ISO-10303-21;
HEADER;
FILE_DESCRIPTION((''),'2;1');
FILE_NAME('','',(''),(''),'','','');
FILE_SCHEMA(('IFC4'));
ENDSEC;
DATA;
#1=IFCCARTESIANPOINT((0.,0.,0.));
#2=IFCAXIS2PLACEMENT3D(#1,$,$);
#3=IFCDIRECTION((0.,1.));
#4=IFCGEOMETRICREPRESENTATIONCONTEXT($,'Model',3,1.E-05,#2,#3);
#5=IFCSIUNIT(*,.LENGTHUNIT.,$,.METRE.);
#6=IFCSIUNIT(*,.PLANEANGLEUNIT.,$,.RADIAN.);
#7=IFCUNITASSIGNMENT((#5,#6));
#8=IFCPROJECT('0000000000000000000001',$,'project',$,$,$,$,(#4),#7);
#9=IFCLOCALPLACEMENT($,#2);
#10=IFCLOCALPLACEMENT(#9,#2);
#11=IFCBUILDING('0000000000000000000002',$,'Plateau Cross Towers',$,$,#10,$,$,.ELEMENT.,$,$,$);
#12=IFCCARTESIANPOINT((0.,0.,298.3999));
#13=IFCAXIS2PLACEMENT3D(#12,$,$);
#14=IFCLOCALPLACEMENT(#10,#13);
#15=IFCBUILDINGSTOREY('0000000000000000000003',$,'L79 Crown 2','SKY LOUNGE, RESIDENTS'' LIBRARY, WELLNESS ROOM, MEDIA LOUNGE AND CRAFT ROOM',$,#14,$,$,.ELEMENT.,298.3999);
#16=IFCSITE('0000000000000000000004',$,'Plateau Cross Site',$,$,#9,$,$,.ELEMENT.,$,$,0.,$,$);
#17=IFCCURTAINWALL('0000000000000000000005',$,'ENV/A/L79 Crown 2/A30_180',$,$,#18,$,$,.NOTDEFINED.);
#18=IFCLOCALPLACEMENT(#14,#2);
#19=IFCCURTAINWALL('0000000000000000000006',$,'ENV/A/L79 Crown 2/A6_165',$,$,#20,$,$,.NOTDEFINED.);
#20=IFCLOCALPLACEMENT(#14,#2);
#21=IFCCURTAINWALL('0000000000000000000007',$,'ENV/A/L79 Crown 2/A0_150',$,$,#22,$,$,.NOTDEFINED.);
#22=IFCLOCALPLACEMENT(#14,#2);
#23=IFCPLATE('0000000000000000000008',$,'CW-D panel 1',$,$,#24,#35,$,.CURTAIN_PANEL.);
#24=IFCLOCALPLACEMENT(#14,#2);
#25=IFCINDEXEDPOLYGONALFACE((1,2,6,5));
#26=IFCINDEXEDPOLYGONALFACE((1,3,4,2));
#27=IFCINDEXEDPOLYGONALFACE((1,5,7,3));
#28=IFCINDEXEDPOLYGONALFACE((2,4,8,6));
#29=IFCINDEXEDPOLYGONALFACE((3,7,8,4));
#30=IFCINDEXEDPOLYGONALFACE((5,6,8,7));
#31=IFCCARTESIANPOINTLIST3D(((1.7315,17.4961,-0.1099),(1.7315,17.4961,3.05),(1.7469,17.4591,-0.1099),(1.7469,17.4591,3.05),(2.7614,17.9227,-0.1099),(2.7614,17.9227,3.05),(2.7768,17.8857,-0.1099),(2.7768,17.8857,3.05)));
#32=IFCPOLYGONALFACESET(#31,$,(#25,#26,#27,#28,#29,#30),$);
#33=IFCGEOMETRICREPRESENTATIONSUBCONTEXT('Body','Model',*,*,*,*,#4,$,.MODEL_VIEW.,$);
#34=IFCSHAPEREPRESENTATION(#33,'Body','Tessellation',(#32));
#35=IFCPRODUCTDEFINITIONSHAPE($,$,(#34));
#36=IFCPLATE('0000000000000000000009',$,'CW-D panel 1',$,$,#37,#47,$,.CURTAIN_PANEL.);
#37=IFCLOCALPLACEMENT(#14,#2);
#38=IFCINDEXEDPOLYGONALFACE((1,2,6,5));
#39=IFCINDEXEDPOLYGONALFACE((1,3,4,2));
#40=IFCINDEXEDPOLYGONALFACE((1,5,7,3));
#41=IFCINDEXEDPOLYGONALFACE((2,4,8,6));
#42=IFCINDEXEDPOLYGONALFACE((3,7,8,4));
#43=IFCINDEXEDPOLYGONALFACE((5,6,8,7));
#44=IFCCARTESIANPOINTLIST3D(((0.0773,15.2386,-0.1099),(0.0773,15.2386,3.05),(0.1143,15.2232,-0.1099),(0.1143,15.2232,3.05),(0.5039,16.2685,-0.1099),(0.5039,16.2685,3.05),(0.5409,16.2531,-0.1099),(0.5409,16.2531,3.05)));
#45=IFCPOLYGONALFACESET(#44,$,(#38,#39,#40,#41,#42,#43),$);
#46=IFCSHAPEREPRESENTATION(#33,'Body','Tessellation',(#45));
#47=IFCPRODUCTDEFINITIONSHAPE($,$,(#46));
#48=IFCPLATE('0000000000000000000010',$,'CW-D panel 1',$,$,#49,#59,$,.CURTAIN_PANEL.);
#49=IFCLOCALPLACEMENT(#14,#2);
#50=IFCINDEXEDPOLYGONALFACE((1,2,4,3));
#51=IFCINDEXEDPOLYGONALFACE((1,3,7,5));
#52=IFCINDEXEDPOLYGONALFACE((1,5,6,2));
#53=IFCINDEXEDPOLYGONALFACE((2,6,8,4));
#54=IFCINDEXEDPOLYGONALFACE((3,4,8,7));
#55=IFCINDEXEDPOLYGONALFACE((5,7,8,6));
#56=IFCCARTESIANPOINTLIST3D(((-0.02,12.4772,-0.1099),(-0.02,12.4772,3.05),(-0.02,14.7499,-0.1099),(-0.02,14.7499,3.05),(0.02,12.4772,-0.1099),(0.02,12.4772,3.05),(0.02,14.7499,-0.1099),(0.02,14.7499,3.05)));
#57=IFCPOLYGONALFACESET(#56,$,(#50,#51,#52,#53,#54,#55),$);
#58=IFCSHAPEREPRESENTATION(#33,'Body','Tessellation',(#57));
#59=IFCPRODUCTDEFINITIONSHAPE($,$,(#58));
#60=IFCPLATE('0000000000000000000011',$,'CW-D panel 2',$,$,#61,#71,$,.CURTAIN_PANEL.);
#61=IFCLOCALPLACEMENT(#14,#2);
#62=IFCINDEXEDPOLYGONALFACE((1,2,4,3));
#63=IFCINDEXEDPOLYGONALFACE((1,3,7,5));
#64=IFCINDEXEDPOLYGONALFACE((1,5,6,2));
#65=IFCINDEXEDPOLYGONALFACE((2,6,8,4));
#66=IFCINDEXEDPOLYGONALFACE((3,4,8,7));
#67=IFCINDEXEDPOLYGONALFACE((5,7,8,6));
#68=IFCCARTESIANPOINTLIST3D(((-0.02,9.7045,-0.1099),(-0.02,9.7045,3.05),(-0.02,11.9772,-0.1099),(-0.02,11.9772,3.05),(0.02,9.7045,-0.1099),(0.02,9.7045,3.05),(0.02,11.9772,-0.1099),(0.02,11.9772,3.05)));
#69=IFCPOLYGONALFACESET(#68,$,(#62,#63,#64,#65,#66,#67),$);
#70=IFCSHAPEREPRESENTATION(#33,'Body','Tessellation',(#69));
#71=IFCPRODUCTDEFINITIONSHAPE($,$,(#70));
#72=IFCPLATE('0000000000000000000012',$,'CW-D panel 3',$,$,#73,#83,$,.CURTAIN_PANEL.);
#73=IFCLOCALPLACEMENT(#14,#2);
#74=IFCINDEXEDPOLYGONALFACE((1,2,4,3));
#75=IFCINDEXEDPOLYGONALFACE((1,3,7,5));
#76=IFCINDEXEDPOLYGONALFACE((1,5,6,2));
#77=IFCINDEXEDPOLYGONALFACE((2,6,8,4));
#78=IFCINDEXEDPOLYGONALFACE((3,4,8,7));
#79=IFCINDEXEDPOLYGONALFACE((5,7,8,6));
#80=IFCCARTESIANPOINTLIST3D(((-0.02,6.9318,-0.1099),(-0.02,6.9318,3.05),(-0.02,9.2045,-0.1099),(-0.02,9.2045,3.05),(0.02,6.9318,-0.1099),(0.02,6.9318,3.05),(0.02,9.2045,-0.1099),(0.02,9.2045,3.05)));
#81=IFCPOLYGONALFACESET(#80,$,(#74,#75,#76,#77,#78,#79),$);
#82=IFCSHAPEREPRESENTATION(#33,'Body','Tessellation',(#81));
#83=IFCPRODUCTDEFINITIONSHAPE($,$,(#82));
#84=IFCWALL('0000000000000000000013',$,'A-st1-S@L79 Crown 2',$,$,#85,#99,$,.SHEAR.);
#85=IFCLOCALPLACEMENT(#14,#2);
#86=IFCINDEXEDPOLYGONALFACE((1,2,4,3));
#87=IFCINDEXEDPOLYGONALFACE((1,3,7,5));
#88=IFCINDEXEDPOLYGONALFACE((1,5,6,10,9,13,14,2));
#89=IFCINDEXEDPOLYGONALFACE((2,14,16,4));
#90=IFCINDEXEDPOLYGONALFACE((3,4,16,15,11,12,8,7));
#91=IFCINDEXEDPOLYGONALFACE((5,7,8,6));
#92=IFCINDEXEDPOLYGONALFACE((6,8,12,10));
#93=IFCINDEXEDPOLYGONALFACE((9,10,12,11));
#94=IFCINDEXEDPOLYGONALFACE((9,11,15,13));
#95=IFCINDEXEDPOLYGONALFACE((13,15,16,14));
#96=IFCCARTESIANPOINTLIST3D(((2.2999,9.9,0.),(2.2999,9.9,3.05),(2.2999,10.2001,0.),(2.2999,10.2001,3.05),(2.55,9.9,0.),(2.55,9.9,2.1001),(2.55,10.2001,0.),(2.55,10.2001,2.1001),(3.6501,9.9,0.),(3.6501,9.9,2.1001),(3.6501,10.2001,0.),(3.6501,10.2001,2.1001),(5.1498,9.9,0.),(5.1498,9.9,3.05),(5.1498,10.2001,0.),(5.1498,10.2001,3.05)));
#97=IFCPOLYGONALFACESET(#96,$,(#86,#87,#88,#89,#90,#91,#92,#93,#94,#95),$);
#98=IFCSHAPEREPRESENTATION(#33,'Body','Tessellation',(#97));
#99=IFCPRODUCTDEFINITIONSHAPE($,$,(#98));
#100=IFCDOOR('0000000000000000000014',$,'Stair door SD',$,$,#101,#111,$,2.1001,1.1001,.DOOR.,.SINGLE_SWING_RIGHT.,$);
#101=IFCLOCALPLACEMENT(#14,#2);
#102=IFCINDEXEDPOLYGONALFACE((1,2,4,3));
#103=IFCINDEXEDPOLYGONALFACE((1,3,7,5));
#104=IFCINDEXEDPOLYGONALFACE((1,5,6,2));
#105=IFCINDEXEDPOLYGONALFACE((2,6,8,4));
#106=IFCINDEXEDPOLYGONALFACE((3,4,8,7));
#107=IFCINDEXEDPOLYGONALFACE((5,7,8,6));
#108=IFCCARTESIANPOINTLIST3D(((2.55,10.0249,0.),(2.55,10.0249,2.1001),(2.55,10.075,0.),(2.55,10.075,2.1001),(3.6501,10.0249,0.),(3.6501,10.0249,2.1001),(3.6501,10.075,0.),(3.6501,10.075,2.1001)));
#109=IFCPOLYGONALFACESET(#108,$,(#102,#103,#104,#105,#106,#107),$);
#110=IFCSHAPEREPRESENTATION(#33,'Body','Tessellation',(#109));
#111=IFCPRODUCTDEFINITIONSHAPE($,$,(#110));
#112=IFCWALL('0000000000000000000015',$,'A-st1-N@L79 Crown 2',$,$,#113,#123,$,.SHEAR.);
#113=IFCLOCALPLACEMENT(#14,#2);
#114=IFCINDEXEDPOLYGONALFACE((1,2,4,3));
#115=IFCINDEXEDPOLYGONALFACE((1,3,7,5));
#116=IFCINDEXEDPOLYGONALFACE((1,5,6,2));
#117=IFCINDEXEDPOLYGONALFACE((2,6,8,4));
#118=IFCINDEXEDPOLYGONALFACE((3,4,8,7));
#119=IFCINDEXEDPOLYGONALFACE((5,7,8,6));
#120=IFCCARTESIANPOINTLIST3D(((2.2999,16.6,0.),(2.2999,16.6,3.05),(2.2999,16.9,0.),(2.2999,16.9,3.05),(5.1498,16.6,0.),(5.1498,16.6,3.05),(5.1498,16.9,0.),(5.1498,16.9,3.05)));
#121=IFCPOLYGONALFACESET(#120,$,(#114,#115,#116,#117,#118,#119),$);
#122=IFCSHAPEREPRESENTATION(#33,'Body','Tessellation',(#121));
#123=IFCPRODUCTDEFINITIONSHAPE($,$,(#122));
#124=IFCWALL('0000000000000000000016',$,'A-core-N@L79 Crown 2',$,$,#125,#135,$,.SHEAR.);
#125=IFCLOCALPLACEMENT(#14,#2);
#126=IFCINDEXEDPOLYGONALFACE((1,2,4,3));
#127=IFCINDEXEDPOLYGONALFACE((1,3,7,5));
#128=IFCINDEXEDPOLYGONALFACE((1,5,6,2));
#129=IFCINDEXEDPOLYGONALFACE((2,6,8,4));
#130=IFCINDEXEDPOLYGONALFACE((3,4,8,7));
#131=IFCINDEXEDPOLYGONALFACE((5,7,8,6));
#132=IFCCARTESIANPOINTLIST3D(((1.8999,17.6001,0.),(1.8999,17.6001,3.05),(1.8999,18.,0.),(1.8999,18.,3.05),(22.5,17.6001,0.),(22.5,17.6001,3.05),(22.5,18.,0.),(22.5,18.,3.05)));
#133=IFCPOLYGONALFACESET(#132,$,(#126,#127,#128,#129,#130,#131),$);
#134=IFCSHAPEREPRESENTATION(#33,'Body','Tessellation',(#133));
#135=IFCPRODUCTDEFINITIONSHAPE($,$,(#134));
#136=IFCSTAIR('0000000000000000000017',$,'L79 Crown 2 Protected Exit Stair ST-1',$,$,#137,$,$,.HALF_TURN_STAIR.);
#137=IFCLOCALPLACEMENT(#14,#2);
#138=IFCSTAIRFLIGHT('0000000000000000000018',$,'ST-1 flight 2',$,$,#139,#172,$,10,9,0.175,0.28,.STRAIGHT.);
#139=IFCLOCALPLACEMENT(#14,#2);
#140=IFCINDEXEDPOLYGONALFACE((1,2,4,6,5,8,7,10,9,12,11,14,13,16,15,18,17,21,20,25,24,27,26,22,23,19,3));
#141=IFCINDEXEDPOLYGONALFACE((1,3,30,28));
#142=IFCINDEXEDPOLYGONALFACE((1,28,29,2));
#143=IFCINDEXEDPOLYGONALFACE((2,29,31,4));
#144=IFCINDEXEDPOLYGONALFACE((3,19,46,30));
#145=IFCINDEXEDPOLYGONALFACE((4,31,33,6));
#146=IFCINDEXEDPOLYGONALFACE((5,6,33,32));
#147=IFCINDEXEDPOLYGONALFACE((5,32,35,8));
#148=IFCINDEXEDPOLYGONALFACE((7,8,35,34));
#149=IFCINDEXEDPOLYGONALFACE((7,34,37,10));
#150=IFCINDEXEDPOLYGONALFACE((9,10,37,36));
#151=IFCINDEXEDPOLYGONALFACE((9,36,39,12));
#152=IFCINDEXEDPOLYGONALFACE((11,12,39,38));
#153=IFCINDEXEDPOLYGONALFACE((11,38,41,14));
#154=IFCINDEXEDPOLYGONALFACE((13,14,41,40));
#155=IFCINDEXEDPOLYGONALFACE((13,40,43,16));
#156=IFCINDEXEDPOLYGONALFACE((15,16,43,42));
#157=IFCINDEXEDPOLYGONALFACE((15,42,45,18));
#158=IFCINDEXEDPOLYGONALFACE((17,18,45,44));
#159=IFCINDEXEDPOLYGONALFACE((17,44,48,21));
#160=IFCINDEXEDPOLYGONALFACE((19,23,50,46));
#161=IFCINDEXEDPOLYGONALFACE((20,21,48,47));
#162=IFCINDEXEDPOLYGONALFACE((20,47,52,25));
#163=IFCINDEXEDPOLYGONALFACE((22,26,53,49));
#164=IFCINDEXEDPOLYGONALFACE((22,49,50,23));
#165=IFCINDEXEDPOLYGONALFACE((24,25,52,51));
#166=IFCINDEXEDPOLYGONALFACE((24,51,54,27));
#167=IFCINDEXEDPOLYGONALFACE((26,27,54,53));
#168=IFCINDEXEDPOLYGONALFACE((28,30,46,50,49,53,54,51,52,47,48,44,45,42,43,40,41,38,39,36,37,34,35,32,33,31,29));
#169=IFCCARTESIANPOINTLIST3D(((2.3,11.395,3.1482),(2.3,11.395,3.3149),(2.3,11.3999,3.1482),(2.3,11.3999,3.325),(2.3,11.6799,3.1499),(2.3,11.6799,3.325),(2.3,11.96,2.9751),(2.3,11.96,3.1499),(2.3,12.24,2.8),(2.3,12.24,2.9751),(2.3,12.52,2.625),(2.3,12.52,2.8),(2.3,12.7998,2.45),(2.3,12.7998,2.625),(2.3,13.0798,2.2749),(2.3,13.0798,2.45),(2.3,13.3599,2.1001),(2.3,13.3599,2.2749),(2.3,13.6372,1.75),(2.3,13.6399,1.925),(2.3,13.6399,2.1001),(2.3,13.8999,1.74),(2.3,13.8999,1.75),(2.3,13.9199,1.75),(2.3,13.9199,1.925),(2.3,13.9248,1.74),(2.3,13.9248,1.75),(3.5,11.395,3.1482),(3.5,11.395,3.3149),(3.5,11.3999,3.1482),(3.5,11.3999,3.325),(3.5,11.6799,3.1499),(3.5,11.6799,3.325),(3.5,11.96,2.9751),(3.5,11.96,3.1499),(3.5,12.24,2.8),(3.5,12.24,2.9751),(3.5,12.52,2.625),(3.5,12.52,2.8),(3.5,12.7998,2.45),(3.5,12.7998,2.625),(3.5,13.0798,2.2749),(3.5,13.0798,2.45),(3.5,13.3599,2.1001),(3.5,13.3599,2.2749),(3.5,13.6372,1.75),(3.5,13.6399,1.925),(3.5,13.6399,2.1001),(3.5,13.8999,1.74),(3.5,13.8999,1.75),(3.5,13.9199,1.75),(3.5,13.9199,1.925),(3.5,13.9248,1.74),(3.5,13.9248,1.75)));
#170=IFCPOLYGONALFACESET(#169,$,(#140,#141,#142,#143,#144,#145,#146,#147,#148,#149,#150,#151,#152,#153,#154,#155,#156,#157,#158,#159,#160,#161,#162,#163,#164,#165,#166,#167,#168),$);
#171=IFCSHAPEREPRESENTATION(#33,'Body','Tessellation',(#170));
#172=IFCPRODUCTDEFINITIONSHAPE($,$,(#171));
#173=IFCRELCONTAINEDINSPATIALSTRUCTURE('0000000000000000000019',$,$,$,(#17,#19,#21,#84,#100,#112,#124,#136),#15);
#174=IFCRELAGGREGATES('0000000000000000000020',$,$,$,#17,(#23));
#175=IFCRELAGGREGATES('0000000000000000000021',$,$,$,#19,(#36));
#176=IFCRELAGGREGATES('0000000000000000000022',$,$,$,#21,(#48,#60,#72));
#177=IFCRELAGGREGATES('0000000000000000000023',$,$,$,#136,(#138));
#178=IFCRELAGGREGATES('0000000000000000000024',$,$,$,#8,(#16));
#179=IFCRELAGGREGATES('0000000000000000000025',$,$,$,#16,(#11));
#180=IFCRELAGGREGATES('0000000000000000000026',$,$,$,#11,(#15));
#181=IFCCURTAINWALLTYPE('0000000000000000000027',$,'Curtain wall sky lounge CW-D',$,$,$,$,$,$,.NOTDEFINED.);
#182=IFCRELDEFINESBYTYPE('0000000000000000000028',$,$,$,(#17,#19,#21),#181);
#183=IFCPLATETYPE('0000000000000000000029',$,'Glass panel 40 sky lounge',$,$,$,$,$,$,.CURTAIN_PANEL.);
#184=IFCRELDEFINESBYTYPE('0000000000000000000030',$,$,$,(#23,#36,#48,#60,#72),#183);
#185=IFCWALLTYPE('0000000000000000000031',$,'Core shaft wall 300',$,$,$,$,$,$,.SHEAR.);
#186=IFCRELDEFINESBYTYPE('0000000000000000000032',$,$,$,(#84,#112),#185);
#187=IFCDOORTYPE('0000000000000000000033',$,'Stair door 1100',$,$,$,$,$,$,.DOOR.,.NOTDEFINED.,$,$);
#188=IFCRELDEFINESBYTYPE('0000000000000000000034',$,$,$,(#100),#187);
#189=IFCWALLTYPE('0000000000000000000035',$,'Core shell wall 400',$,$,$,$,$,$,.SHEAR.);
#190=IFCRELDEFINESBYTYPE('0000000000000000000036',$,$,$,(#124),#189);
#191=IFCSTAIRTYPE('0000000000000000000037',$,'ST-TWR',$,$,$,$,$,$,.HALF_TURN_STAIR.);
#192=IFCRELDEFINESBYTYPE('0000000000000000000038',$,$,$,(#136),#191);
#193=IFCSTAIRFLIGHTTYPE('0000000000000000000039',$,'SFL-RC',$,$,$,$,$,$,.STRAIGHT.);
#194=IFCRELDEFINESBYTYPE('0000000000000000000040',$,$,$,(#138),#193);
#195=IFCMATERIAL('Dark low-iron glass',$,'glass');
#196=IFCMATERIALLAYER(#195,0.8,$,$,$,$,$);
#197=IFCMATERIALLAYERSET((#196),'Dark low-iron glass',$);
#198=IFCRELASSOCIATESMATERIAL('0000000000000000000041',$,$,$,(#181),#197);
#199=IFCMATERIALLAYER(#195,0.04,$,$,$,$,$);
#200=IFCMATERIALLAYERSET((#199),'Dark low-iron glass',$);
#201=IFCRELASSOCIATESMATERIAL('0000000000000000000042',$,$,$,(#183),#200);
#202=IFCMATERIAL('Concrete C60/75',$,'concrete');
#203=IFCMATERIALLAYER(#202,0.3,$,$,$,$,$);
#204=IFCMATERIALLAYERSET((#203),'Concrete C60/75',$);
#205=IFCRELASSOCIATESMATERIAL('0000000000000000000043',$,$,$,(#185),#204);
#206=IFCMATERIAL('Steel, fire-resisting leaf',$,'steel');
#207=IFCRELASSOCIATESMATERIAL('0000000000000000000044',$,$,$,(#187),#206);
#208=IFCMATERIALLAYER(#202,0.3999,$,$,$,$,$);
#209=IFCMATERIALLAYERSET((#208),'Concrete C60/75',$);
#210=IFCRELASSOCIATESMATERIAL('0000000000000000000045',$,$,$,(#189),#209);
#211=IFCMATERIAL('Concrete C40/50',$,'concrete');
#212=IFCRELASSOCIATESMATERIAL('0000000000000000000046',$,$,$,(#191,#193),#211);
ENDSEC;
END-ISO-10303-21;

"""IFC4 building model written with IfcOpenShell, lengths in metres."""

from ifc_helpers import new_model, si_unit, direction, frame, frame_2d, origin, origin_2d, place, context, subcontext, project, spatial, polyline, rectangle, outline, extrude, material, layer, layer_set, type_object, element, fill, aggregate, save


model = new_model("IFC4")

# Units and contexts
model_context = context("Model", 3, precision=1e-05, world=origin(), true_north=direction((0.0, 1.0)))
body_context = subcontext(model_context, "Body", "Model", "MODEL_VIEW")
ifc_project = project(units=[si_unit("LENGTHUNIT", "METRE"), si_unit("PLANEANGLEUNIT", "RADIAN")], contexts=[model_context])

# Site, building, storey
site_placement = place(None, origin())
site = spatial("IfcSite", under=ifc_project, at=site_placement, Name="Plateau Cross Site", CompositionType="ELEMENT", RefElevation=0.0)
building_placement = place(site_placement, origin())
building = spatial("IfcBuilding", under=site, at=building_placement, Name="Plateau Cross Towers", CompositionType="ELEMENT")
storey_placement = place(building_placement, frame((0.0, 0.0, 298.3999)))
storey = spatial("IfcBuildingStorey", under=building, at=storey_placement, Name="L79 Crown 2", Description="SKY LOUNGE, RESIDENTS' LIBRARY, WELLNESS ROOM, MEDIA LOUNGE AND CRAFT ROOM", CompositionType="ELEMENT", Elevation=298.3999)

# Shared definitions
ifc_material_1 = material(Name="Concrete C60/75", Category="concrete")

# Curtain wall
ifc_material_2 = material(Name="Dark low-iron glass", Category="glass")
ifc_layer_1 = layer(ifc_material_2, 0.8)
ifc_layer_set_1 = layer_set([ifc_layer_1], Name="Dark low-iron glass")
curtain_wall_type = type_object("IfcCurtainWallType", Name="Curtain wall sky lounge CW-D", PredefinedType="NOTDEFINED", material=ifc_layer_set_1)
curtain_wall_1_placement = place(storey_placement, origin())
curtain_wall_1 = element("IfcCurtainWall", 1, at=curtain_wall_1_placement, inside=storey, type_object=curtain_wall_type, Name="ENV/A/L79 Crown 2/A30_180", PredefinedType="NOTDEFINED")

# Curtain wall
curtain_wall_2_placement = place(storey_placement, origin())
curtain_wall_2 = element("IfcCurtainWall", 2, at=curtain_wall_2_placement, inside=storey, type_object=curtain_wall_type, Name="ENV/A/L79 Crown 2/A6_165", PredefinedType="NOTDEFINED")

# Curtain wall
curtain_wall_3_placement = place(storey_placement, origin())
curtain_wall_3 = element("IfcCurtainWall", 3, at=curtain_wall_3_placement, inside=storey, type_object=curtain_wall_type, Name="ENV/A/L79 Crown 2/A0_150", PredefinedType="NOTDEFINED")

# Plates
ifc_layer_2 = layer(ifc_material_2, 0.04)
ifc_layer_set_2 = layer_set([ifc_layer_2], Name="Dark low-iron glass")
plate_type = type_object("IfcPlateType", Name="Glass panel 40 sky lounge", PredefinedType="CURTAIN_PANEL", material=ifc_layer_set_2)
plate_1_placement = place(storey_placement, frame((2.2542, 17.6909, -0.1099), z_axis=(0.0, 0.0, 1.0), x_axis=(-0.923879, -0.382684, 0.0)))
plate_1 = element("IfcPlate", 4, at=plate_1_placement, type_object=plate_type, Name="CW-D panel 1", PredefinedType="CURTAIN_PANEL", context=body_context, shape_type="SweptSolid", body=[
    extrude(rectangle(XDim=1.1147, YDim=0.04, at=origin_2d()), origin(), (0.0, 0.0, 1.0), 3.1599),
])
aggregate(curtain_wall_1, [plate_1])
plate_2_placement = place(storey_placement, frame((0.3091, 15.7458, -0.1099), z_axis=(0.0, 0.0, 1.0), x_axis=(-0.382684, -0.923879, 0.0)))
plate_2 = element("IfcPlate", 5, at=plate_2_placement, type_object=plate_type, Name="CW-D panel 1", PredefinedType="CURTAIN_PANEL", context=body_context, shape_type="SweptSolid", body=[
    extrude(rectangle(XDim=1.1147, YDim=0.04, at=origin_2d()), origin(), (0.0, 0.0, 1.0), 3.1599),
])
aggregate(curtain_wall_2, [plate_2])
plate_3_placement = place(storey_placement, frame((0.0, 13.6135, -0.1099), z_axis=(0.0, 0.0, 1.0), x_axis=(0.0, -1.0, 0.0)))
plate_3 = element("IfcPlate", 6, at=plate_3_placement, type_object=plate_type, Name="CW-D panel 1", PredefinedType="CURTAIN_PANEL", context=body_context, shape_type="SweptSolid", body=[
    extrude(rectangle(XDim=2.2727, YDim=0.04, at=origin_2d()), origin(), (0.0, 0.0, 1.0), 3.1599),
])
plate_4_placement = place(storey_placement, frame((0.0, 10.8408, -0.1099), z_axis=(0.0, 0.0, 1.0), x_axis=(0.0, -1.0, 0.0)))
plate_4 = element("IfcPlate", 7, at=plate_4_placement, type_object=plate_type, Name="CW-D panel 2", PredefinedType="CURTAIN_PANEL", context=body_context, shape_type="SweptSolid", body=[
    extrude(rectangle(XDim=2.2727, YDim=0.04, at=origin_2d()), origin(), (0.0, 0.0, 1.0), 3.1599),
])
plate_5_placement = place(storey_placement, frame((0.0, 8.0681, -0.1099), z_axis=(0.0, 0.0, 1.0), x_axis=(0.0, -1.0, 0.0)))
plate_5 = element("IfcPlate", 8, at=plate_5_placement, type_object=plate_type, Name="CW-D panel 3", PredefinedType="CURTAIN_PANEL", context=body_context, shape_type="SweptSolid", body=[
    extrude(rectangle(XDim=2.2727, YDim=0.04, at=origin_2d()), origin(), (0.0, 0.0, 1.0), 3.1599),
])
aggregate(curtain_wall_3, [plate_3, plate_4, plate_5])

# Wall, opening, door
ifc_layer_3 = layer(ifc_material_1, 0.3)
ifc_layer_set_3 = layer_set([ifc_layer_3], Name="Concrete C60/75")
wall_type_1 = type_object("IfcWallType", Name="Core shaft wall 300", PredefinedType="SHEAR", material=ifc_layer_set_3)
wall_1_placement = place(storey_placement, frame((2.3, 10.05, 0.0), z_axis=(0.0, 0.0, 1.0), x_axis=(1.0, 0.0, 0.0)))
wall_1 = element("IfcWall", 9, at=wall_1_placement, inside=storey, type_object=wall_type_1, Name="A-st1-S@L79 Crown 2", PredefinedType="SHEAR", context=body_context, shape_type="SweptSolid", body=[
    extrude(rectangle(XDim=2.8499, YDim=0.3, at=frame_2d((1.4248, 0.0))), origin(), (0.0, 0.0, 1.0), 3.05),
])
opening_placement = place(wall_1_placement, frame((0.25, 0.0, 0.0)))
opening = element("IfcOpeningElement", 10, at=opening_placement, cuts=wall_1, PredefinedType="OPENING", context=body_context, shape_type="SweptSolid", body=[
    extrude(rectangle(XDim=1.1001, YDim=2.1001, at=frame_2d((0.55, 1.05))), frame((0.0, 0.1599, 0.0), z_axis=(0.0, -1.0, 0.0), x_axis=(1.0, 0.0, 0.0)), (0.0, 0.0, 1.0), 0.3201),
])
ifc_material_3 = material(Name="Steel, fire-resisting leaf", Category="steel")
door_type = type_object("IfcDoorType", Name="Stair door 1100", OperationType="NOTDEFINED", PredefinedType="DOOR", material=ifc_material_3)
door_placement = place(opening_placement, origin())
door = element("IfcDoor", 11, at=door_placement, inside=storey, type_object=door_type, Name="Stair door SD", OperationType="SINGLE_SWING_RIGHT", OverallHeight=2.1001, OverallWidth=1.1001, PredefinedType="DOOR", context=body_context, shape_type="SweptSolid", body=[
    extrude(rectangle(XDim=1.1001, YDim=2.1001, at=frame_2d((0.55, 1.05))), frame((0.0, 0.0249, 0.0), z_axis=(0.0, -1.0, 0.0), x_axis=(1.0, 0.0, 0.0)), (0.0, 0.0, 1.0), 0.05),
])
fill(opening, door)

# Walls
wall_2_placement = place(storey_placement, frame((2.3, 16.75, 0.0), z_axis=(0.0, 0.0, 1.0), x_axis=(1.0, 0.0, 0.0)))
element("IfcWall", 12, at=wall_2_placement, inside=storey, type_object=wall_type_1, Name="A-st1-N@L79 Crown 2", PredefinedType="SHEAR", context=body_context, shape_type="SweptSolid", body=[
    extrude(rectangle(XDim=2.8499, YDim=0.3, at=frame_2d((1.4248, 0.0))), origin(), (0.0, 0.0, 1.0), 3.05),
])
ifc_layer_4 = layer(ifc_material_1, 0.3999)
ifc_layer_set_4 = layer_set([ifc_layer_4], Name="Concrete C60/75")
wall_type_2 = type_object("IfcWallType", Name="Core shell wall 400", PredefinedType="SHEAR", material=ifc_layer_set_4)
wall_3_placement = place(storey_placement, frame((1.8999, 17.8, 0.0), z_axis=(0.0, 0.0, 1.0), x_axis=(1.0, 0.0, 0.0)))
element("IfcWall", 13, at=wall_3_placement, inside=storey, type_object=wall_type_2, Name="A-core-N@L79 Crown 2", PredefinedType="SHEAR", context=body_context, shape_type="SweptSolid", body=[
    extrude(rectangle(XDim=20.6001, YDim=0.3999, at=frame_2d((10.3, 0.0))), origin(), (0.0, 0.0, 1.0), 3.05),
])

# Stair, stair flight
ifc_material_4 = material(Name="Concrete C40/50", Category="concrete")
stair_type = type_object("IfcStairType", Name="ST-TWR", PredefinedType="HALF_TURN_STAIR", material=ifc_material_4)
stair_placement = place(storey_placement, origin())
stair = element("IfcStair", 14, at=stair_placement, inside=storey, type_object=stair_type, Name="L79 Crown 2 Protected Exit Stair ST-1", PredefinedType="HALF_TURN_STAIR")
stair_flight_type = type_object("IfcStairFlightType", Name="SFL-RC", PredefinedType="STRAIGHT", material=ifc_material_4)
stair_flight_placement = place(storey_placement, frame((2.8999, 13.9199, 1.75), z_axis=(0.0, 0.0, 1.0), x_axis=(0.0, -1.0, 0.0)))
stair_flight = element("IfcStairFlight", 15, at=stair_flight_placement, type_object=stair_flight_type, Name="ST-1 flight 2", NumberOfRisers=10, NumberOfTreads=9, PredefinedType="STRAIGHT", RiserHeight=0.175, TreadLength=0.28, context=body_context, shape_type="SweptSolid", body=[
    extrude(outline(polyline([(-0.0049, -0.01), (-0.0049, 0.0), (0.0, 0.0), (0.0, 0.175), (0.28, 0.175), (0.28, 0.3501), (0.5601, 0.3501), (0.5601, 0.5249), (0.8401, 0.5249), (0.8401, 0.7), (1.1201, 0.7), (1.1201, 0.875), (1.3999, 0.875), (1.3999, 1.05), (1.6799, 1.05), (1.6799, 1.2251), (1.96, 1.2251), (1.96, 1.3999), (2.24, 1.3999), (2.24, 1.575), (2.52, 1.575), (2.5249, 1.5649), (2.5249, 1.3982), (2.52, 1.3982), (0.2827, 0.0), (0.02, 0.0), (0.02, -0.01), (-0.0049, -0.01)])), frame((0.0, 0.6001, 0.0), z_axis=(0.0, -1.0, 0.0), x_axis=(1.0, 0.0, 0.0)), (0.0, 0.0, 1.0), 1.2),
])
aggregate(stair, [stair_flight])

save(model, "model.ifc")
